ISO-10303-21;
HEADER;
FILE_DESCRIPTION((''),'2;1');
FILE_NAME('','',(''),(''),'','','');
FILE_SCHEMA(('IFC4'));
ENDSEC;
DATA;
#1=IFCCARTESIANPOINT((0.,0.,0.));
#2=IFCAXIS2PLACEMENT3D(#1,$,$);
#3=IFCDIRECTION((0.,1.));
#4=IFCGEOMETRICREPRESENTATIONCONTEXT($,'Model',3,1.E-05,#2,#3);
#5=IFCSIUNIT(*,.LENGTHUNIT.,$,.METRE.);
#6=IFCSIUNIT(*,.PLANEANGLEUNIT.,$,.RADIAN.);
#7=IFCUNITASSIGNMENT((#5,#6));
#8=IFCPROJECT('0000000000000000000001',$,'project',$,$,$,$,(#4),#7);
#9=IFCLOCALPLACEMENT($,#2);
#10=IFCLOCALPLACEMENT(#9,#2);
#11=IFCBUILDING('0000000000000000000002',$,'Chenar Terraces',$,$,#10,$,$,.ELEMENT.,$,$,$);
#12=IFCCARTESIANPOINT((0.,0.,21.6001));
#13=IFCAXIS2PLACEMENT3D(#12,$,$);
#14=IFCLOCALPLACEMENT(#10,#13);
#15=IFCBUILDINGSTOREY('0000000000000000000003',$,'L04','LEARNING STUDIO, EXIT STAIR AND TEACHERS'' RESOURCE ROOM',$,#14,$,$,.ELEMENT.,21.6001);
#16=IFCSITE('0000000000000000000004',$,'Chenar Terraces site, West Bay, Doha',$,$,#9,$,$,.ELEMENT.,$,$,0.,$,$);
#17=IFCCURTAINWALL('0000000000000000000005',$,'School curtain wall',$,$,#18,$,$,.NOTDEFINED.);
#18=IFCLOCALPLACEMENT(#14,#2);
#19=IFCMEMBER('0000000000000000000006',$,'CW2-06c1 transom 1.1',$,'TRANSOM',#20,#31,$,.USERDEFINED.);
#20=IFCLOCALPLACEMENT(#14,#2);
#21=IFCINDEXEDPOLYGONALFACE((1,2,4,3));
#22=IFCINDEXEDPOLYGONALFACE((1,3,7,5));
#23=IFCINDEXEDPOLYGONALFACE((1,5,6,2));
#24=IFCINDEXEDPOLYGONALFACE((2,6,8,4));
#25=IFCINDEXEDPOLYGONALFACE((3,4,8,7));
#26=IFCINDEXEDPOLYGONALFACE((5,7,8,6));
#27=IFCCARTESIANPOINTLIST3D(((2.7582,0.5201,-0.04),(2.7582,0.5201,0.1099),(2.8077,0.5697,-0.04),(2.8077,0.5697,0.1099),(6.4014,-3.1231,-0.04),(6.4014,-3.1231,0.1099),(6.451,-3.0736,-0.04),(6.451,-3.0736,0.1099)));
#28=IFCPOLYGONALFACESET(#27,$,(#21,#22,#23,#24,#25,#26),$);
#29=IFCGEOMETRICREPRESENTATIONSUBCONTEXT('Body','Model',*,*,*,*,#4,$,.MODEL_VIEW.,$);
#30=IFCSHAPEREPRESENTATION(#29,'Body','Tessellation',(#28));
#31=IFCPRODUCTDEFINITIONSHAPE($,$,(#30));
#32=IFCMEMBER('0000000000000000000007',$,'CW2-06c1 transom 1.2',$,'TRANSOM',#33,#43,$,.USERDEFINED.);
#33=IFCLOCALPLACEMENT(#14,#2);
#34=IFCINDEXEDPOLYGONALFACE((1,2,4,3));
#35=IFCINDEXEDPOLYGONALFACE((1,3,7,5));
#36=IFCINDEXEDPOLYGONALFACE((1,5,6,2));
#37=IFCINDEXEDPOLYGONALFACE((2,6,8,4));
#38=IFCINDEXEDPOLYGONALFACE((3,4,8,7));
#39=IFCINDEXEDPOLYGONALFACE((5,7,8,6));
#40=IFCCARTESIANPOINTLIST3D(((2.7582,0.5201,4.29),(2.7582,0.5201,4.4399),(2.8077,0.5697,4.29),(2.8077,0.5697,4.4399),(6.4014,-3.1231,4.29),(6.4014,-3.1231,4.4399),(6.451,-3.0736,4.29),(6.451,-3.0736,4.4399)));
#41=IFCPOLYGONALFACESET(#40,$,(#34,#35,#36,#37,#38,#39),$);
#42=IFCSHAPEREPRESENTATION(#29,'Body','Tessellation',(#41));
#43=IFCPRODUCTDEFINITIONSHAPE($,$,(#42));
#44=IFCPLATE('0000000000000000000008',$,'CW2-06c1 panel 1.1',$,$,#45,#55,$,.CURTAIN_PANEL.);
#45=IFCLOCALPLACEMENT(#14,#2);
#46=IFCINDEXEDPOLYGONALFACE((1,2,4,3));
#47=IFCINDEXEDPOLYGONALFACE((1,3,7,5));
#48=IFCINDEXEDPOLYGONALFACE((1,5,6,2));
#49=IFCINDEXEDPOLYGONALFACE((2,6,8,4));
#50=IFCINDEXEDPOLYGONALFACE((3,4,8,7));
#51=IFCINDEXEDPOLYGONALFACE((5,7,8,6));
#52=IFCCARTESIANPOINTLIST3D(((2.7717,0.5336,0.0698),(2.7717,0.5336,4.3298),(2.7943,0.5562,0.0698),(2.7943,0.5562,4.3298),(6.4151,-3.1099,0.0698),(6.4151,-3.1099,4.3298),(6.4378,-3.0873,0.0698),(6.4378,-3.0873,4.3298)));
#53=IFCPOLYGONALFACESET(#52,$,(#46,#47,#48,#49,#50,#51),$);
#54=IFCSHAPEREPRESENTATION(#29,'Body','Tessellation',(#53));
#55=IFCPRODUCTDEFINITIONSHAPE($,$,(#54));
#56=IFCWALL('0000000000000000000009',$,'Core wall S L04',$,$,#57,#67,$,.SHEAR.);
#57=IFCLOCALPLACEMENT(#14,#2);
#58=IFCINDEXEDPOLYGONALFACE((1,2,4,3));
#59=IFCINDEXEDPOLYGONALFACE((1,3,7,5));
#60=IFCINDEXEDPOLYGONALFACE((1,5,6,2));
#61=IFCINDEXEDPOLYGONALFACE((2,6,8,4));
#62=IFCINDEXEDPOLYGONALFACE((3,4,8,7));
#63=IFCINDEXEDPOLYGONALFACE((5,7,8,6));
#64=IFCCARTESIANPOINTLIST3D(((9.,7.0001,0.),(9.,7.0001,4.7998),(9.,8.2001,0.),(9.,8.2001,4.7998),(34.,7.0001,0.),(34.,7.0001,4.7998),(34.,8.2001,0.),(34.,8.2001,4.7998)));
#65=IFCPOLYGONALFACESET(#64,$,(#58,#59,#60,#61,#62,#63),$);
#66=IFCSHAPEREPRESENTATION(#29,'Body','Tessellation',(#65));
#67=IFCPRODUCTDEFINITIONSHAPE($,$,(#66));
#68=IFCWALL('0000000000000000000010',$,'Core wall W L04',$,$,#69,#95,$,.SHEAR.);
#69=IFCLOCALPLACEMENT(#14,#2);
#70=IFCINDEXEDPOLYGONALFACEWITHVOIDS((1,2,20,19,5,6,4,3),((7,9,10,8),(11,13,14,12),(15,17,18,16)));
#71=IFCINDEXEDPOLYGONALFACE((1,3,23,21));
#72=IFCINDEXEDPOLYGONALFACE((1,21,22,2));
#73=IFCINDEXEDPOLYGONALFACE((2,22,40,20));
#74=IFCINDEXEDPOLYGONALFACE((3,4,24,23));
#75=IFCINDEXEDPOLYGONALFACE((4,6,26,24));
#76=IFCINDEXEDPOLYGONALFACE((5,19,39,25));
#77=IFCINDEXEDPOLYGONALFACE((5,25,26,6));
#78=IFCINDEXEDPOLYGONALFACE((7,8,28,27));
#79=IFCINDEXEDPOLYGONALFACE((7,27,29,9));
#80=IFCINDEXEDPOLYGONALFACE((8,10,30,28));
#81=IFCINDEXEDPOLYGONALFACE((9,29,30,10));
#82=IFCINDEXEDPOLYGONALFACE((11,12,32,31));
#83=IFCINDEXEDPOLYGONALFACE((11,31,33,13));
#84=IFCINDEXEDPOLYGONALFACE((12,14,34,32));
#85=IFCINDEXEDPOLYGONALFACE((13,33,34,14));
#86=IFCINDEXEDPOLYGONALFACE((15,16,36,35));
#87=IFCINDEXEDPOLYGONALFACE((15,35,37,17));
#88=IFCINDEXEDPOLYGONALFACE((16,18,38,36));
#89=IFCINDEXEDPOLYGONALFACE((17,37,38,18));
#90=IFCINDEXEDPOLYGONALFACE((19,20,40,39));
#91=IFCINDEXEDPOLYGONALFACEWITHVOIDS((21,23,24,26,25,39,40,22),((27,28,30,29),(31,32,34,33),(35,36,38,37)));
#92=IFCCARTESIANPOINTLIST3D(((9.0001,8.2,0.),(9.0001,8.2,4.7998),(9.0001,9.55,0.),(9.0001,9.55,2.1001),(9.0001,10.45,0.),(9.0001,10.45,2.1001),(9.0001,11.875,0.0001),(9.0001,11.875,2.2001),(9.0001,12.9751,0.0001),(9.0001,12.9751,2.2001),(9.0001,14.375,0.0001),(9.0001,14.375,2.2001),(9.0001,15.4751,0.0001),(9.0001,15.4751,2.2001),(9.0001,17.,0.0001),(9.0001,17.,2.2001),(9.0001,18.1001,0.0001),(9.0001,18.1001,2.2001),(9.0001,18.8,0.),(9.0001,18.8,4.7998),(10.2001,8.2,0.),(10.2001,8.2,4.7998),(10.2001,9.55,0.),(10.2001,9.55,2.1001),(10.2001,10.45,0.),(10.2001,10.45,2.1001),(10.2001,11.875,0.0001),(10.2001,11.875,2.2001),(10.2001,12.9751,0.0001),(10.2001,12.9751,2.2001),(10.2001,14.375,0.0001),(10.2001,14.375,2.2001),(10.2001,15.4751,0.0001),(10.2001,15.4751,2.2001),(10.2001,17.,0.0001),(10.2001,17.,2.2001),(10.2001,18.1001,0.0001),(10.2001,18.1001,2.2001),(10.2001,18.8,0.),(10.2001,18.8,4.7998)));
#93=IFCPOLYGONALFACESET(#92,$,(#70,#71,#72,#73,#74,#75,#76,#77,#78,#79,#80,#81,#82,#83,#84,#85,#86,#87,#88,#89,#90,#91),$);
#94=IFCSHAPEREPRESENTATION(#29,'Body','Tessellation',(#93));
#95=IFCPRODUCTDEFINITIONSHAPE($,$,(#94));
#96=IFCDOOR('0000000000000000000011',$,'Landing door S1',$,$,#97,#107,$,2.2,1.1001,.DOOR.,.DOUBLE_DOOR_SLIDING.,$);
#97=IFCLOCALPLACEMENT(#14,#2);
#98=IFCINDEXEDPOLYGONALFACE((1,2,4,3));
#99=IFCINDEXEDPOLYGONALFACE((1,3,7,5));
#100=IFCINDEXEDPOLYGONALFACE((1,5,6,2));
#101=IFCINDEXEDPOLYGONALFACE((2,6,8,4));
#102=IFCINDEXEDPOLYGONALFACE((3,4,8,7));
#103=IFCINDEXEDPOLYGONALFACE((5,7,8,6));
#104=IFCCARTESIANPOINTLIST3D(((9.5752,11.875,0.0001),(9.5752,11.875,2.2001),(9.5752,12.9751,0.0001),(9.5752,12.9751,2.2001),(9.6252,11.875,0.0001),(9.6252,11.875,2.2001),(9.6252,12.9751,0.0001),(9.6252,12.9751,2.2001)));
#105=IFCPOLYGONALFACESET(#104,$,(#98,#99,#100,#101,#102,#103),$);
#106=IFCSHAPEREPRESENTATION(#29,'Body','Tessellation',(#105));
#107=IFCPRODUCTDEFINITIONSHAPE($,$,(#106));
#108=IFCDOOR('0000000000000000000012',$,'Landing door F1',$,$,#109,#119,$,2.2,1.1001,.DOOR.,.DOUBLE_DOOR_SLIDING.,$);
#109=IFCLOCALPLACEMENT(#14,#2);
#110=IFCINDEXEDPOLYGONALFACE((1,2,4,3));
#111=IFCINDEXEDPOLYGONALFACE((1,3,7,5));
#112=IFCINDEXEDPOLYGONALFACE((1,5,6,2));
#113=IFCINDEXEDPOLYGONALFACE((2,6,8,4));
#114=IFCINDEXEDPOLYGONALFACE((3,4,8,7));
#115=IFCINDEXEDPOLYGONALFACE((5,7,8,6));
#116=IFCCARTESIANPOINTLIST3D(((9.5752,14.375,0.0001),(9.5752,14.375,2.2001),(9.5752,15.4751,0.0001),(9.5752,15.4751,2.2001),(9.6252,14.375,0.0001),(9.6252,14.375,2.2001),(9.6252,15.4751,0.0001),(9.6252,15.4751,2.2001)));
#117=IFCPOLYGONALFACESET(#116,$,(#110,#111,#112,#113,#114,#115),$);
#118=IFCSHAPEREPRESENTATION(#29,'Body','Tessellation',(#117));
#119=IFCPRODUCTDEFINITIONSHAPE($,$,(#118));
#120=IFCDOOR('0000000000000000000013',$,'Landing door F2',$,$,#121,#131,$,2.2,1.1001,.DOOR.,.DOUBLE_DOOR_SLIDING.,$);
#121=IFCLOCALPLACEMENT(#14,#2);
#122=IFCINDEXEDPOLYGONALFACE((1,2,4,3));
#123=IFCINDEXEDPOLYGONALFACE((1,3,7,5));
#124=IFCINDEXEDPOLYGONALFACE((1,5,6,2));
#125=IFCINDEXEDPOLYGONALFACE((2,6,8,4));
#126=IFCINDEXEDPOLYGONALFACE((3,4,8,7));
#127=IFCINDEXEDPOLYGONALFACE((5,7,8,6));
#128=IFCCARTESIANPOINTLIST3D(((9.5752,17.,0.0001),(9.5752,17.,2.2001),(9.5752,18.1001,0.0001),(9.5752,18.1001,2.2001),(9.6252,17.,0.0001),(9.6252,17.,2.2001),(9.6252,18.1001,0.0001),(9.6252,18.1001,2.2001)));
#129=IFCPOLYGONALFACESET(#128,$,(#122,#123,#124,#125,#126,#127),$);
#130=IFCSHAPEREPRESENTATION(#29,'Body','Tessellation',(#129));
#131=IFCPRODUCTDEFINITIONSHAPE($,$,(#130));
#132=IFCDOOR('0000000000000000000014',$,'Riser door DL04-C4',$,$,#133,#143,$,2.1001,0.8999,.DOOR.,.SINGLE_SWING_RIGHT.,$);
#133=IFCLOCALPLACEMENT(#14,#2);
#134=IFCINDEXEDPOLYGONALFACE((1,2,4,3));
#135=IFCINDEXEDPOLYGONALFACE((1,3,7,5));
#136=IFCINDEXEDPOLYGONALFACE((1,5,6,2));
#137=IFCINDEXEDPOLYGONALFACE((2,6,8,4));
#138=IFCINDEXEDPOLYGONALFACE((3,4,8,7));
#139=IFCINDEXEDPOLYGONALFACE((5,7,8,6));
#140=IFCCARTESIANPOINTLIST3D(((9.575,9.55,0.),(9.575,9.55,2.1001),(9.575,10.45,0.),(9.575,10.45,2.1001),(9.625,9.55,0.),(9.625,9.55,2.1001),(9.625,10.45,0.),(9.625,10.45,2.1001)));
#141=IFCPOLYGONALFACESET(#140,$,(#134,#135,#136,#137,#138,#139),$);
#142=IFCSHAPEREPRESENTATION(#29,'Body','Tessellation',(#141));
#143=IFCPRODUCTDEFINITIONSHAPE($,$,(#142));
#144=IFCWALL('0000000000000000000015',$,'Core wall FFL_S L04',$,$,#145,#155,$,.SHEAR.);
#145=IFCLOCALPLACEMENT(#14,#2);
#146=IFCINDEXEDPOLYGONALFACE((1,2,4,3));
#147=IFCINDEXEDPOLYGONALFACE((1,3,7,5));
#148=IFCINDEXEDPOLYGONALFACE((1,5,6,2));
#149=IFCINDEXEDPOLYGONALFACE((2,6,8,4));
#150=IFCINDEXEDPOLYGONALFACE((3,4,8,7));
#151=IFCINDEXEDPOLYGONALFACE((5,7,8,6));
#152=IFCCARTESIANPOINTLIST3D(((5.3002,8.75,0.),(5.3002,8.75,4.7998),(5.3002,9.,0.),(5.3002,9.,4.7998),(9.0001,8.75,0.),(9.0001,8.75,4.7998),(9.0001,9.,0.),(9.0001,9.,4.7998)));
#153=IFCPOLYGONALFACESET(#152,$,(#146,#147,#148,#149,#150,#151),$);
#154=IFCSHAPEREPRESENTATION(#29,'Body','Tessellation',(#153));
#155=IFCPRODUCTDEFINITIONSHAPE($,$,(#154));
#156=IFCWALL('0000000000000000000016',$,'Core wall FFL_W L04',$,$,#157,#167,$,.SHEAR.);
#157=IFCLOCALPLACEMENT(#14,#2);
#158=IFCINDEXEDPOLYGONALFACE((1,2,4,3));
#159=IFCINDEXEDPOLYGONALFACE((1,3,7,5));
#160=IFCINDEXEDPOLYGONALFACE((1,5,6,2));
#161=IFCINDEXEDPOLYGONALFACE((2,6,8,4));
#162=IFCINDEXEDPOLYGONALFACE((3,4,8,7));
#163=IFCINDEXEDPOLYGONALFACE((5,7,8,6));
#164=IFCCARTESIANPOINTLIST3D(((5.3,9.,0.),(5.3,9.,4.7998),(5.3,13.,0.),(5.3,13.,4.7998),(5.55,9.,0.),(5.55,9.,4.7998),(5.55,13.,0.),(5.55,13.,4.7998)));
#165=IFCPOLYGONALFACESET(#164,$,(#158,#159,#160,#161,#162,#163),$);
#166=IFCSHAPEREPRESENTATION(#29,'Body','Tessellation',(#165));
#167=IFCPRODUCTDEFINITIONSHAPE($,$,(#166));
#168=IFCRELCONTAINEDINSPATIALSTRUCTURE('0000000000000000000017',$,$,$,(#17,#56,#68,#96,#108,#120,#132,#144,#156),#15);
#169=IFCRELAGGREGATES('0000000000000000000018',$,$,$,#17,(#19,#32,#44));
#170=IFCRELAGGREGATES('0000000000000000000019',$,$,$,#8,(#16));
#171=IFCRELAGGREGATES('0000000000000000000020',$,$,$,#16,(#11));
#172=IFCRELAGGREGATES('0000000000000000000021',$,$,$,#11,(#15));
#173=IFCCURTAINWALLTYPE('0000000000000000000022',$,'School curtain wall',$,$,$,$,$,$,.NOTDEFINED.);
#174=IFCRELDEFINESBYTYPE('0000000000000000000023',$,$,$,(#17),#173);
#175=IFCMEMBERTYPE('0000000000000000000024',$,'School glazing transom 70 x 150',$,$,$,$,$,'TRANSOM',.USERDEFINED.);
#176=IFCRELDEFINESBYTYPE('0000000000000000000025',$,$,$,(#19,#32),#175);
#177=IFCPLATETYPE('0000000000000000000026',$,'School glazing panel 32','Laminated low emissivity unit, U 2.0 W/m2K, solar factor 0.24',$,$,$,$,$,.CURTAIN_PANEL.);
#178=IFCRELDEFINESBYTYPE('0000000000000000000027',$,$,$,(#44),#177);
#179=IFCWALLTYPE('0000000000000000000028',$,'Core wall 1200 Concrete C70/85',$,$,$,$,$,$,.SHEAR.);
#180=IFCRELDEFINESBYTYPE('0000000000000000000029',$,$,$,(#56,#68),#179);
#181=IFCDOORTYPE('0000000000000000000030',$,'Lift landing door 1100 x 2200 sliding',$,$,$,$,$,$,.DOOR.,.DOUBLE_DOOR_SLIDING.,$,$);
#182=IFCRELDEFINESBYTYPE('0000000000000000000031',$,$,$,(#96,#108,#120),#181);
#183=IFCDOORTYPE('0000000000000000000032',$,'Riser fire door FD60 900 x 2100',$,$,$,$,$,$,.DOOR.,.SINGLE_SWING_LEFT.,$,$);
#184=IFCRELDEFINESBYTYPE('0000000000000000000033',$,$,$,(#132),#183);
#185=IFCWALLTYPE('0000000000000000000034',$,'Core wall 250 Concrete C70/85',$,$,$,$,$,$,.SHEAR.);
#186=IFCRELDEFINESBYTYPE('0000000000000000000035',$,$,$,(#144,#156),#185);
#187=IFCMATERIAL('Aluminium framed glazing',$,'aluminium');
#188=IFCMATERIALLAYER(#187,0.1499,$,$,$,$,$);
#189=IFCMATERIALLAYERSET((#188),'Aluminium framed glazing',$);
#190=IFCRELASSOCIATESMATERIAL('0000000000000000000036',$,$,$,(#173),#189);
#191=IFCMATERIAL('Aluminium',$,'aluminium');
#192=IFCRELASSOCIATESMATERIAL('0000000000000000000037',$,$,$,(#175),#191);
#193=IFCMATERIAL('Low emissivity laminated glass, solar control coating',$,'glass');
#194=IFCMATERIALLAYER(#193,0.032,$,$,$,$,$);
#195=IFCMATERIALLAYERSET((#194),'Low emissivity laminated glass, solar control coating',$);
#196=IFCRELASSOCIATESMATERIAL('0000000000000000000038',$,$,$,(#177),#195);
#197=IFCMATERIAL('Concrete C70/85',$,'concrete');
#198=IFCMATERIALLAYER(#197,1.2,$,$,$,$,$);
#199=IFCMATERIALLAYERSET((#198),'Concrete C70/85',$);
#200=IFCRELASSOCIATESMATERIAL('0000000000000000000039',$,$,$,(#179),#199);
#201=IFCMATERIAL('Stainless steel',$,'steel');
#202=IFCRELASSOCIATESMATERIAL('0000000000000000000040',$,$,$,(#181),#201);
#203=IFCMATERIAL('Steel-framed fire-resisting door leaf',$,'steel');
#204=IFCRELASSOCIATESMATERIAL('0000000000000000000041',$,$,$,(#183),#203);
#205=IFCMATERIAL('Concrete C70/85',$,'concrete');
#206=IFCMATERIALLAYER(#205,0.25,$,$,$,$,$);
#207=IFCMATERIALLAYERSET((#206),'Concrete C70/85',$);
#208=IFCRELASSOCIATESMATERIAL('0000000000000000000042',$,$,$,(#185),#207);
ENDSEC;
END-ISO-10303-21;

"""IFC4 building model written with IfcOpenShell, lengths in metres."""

from ifc_helpers import new_model, si_unit, direction, frame, frame_2d, origin, origin_2d, place, context, subcontext, project, spatial, rectangle, extrude, material, layer, layer_set, material_profile, profile_set, type_object, element, fill, aggregate, save


model = new_model("IFC4")

# Units and contexts
model_context = context("Model", 3, precision=1e-05, world=origin(), true_north=direction((0.0, 1.0)))
body_context = subcontext(model_context, "Body", "Model", "MODEL_VIEW")
ifc_project = project(units=[si_unit("LENGTHUNIT", "METRE"), si_unit("PLANEANGLEUNIT", "RADIAN")], contexts=[model_context])

# Site, building, storey
site_placement = place(None, origin())
site = spatial("IfcSite", under=ifc_project, at=site_placement, Name="Chenar Terraces site, West Bay, Doha", CompositionType="ELEMENT", RefElevation=0.0)
building_placement = place(site_placement, origin())
building = spatial("IfcBuilding", under=site, at=building_placement, Name="Chenar Terraces", CompositionType="ELEMENT")
storey_placement = place(building_placement, frame((0.0, 0.0, 21.6001)))
storey = spatial("IfcBuildingStorey", under=building, at=storey_placement, Name="L04", Description="LEARNING STUDIO, EXIT STAIR AND TEACHERS' RESOURCE ROOM", CompositionType="ELEMENT", Elevation=21.6001)

# Curtain wall, members, plate
ifc_material_1 = material(Name="Aluminium framed glazing", Category="aluminium")
ifc_layer_1 = layer(ifc_material_1, 0.1499)
ifc_layer_set_1 = layer_set([ifc_layer_1], Name="Aluminium framed glazing")
curtain_wall_type = type_object("IfcCurtainWallType", Name="School curtain wall", PredefinedType="NOTDEFINED", material=ifc_layer_set_1)
curtain_wall_placement = place(storey_placement, origin())
curtain_wall = element("IfcCurtainWall", 1, at=curtain_wall_placement, inside=storey, type_object=curtain_wall_type, Name="School curtain wall", PredefinedType="NOTDEFINED")
ifc_material_2 = material(Name="Aluminium", Category="aluminium")
ifc_material_profile = material_profile(ifc_material_2, rectangle(XDim=0.0701, YDim=0.1499, at=origin_2d()), Name="School glazing transom 70 x 150")
ifc_profile_set = profile_set([ifc_material_profile], Name="Aluminium")
member_type = type_object("IfcMemberType", Name="School glazing transom 70 x 150", ElementType="TRANSOM", PredefinedType="USERDEFINED", material=ifc_profile_set)
member_1_placement = place(storey_placement, frame((2.783, 0.5449, 0.0349), z_axis=(0.707107, -0.707107, 0.0), x_axis=(0.707107, 0.707107, 0.0)))
member_1 = element("IfcMember", 2, at=member_1_placement, type_object=member_type, Name="CW2-06c1 transom 1.1", ObjectType="TRANSOM", PredefinedType="USERDEFINED", context=body_context, shape_type="SweptSolid", body=[
    extrude(rectangle(XDim=0.0701, YDim=0.1499, at=origin_2d()), origin(), (0.0, 0.0, 1.0), 5.1523),
])
member_2_placement = place(storey_placement, frame((2.783, 0.5449, 4.365), z_axis=(0.707107, -0.707107, 0.0), x_axis=(0.707107, 0.707107, 0.0)))
member_2 = element("IfcMember", 3, at=member_2_placement, type_object=member_type, Name="CW2-06c1 transom 1.2", ObjectType="TRANSOM", PredefinedType="USERDEFINED", context=body_context, shape_type="SweptSolid", body=[
    extrude(rectangle(XDim=0.0701, YDim=0.1499, at=origin_2d()), origin(), (0.0, 0.0, 1.0), 5.1523),
])
ifc_material_3 = material(Name="Low emissivity laminated glass, solar control coating", Category="glass")
ifc_layer_2 = layer(ifc_material_3, 0.032)
ifc_layer_set_2 = layer_set([ifc_layer_2], Name="Low emissivity laminated glass, solar control coating")
plate_type = type_object("IfcPlateType", Name="School glazing panel 32", Description="Laminated low emissivity unit, U 2.0 W/m2K, solar factor 0.24", PredefinedType="CURTAIN_PANEL", material=ifc_layer_set_2)
plate_placement = place(storey_placement, frame((4.6047, -1.2769, 0.0698), z_axis=(0.0, 0.0, 1.0), x_axis=(0.707107, -0.707107, 0.0)))
plate = element("IfcPlate", 4, at=plate_placement, type_object=plate_type, Name="CW2-06c1 panel 1.1", PredefinedType="CURTAIN_PANEL", context=body_context, shape_type="SweptSolid", body=[
    extrude(rectangle(XDim=5.1526, YDim=0.032, at=origin_2d()), origin(), (0.0, 0.0, 1.0), 4.26),
])
aggregate(curtain_wall, [member_1, member_2, plate])

# Wall
ifc_material_4 = material(Name="Concrete C70/85", Category="concrete")
ifc_layer_3 = layer(ifc_material_4, 1.2)
ifc_layer_set_3 = layer_set([ifc_layer_3], Name="Concrete C70/85")
wall_type_1 = type_object("IfcWallType", Name="Core wall 1200 Concrete C70/85", PredefinedType="SHEAR", material=ifc_layer_set_3)
wall_1_placement = place(storey_placement, frame((9.0, 7.6001, 0.0), z_axis=(0.0, 0.0, 1.0), x_axis=(1.0, 0.0, 0.0)))
element("IfcWall", 5, at=wall_1_placement, inside=storey, type_object=wall_type_1, Name="Core wall S L04", PredefinedType="SHEAR", context=body_context, shape_type="SweptSolid", body=[
    extrude(rectangle(XDim=25.0, YDim=1.2, at=frame_2d((12.5, 0.0))), origin(), (0.0, 0.0, 1.0), 4.7998),
])

# Wall, openings, doors
wall_2_placement = place(storey_placement, frame((9.6001, 8.2, 0.0), z_axis=(0.0, 0.0, 1.0), x_axis=(0.0, 1.0, 0.0)))
wall_2 = element("IfcWall", 6, at=wall_2_placement, inside=storey, type_object=wall_type_1, Name="Core wall W L04", PredefinedType="SHEAR", context=body_context, shape_type="SweptSolid", body=[
    extrude(rectangle(XDim=10.6001, YDim=1.2, at=frame_2d((5.3, 0.0))), origin(), (0.0, 0.0, 1.0), 4.7998),
])
opening_1_placement = place(wall_2_placement, frame((3.675, 0.0, 0.0)))
opening_1 = element("IfcOpeningElement", 7, at=opening_1_placement, cuts=wall_2, PredefinedType="OPENING", context=body_context, shape_type="SweptSolid", body=[
    extrude(rectangle(XDim=1.1001, YDim=2.2, at=frame_2d((0.55, 1.1001))), frame((0.0, 0.6099, 0.0), z_axis=(0.0, -1.0, 0.0), x_axis=(1.0, 0.0, 0.0)), (0.0, 0.0, 1.0), 1.22),
])
opening_2_placement = place(wall_2_placement, frame((6.175, 0.0, 0.0)))
opening_2 = element("IfcOpeningElement", 8, at=opening_2_placement, cuts=wall_2, PredefinedType="OPENING", context=body_context, shape_type="SweptSolid", body=[
    extrude(rectangle(XDim=1.1001, YDim=2.2, at=frame_2d((0.55, 1.1001))), frame((0.0, 0.6099, 0.0), z_axis=(0.0, -1.0, 0.0), x_axis=(1.0, 0.0, 0.0)), (0.0, 0.0, 1.0), 1.22),
])
opening_3_placement = place(wall_2_placement, frame((8.8, 0.0, 0.0)))
opening_3 = element("IfcOpeningElement", 9, at=opening_3_placement, cuts=wall_2, PredefinedType="OPENING", context=body_context, shape_type="SweptSolid", body=[
    extrude(rectangle(XDim=1.1001, YDim=2.2, at=frame_2d((0.55, 1.1001))), frame((0.0, 0.6099, 0.0), z_axis=(0.0, -1.0, 0.0), x_axis=(1.0, 0.0, 0.0)), (0.0, 0.0, 1.0), 1.22),
])
opening_4_placement = place(wall_2_placement, frame((1.3501, 0.0, 0.0)))
opening_4 = element("IfcOpeningElement", 10, at=opening_4_placement, cuts=wall_2, PredefinedType="OPENING", context=body_context, shape_type="SweptSolid", body=[
    extrude(rectangle(XDim=0.8999, YDim=2.1001, at=frame_2d((0.45, 1.05))), frame((0.0, 0.6099, 0.0), z_axis=(0.0, -1.0, 0.0), x_axis=(1.0, 0.0, 0.0)), (0.0, 0.0, 1.0), 1.22),
])
ifc_material_5 = material(Name="Stainless steel", Category="steel")
door_type_1 = type_object("IfcDoorType", Name="Lift landing door 1100 x 2200 sliding", OperationType="DOUBLE_DOOR_SLIDING", PredefinedType="DOOR", material=ifc_material_5)
door_1_placement = place(opening_1_placement, origin())
door_1 = element("IfcDoor", 11, at=door_1_placement, inside=storey, type_object=door_type_1, Name="Landing door S1", OperationType="DOUBLE_DOOR_SLIDING", OverallHeight=2.2, OverallWidth=1.1001, PredefinedType="DOOR", context=body_context, shape_type="SweptSolid", body=[
    extrude(rectangle(XDim=1.1001, YDim=2.2, at=frame_2d((0.55, 1.1001))), frame((0.0, 0.0249, 0.0), z_axis=(0.0, -1.0, 0.0), x_axis=(1.0, 0.0, 0.0)), (0.0, 0.0, 1.0), 0.05),
])
fill(opening_1, door_1)
door_2_placement = place(opening_2_placement, origin())
door_2 = element("IfcDoor", 12, at=door_2_placement, inside=storey, type_object=door_type_1, Name="Landing door F1", OperationType="DOUBLE_DOOR_SLIDING", OverallHeight=2.2, OverallWidth=1.1001, PredefinedType="DOOR", context=body_context, shape_type="SweptSolid", body=[
    extrude(rectangle(XDim=1.1001, YDim=2.2, at=frame_2d((0.55, 1.1001))), frame((0.0, 0.0249, 0.0), z_axis=(0.0, -1.0, 0.0), x_axis=(1.0, 0.0, 0.0)), (0.0, 0.0, 1.0), 0.05),
])
fill(opening_2, door_2)
door_3_placement = place(opening_3_placement, origin())
door_3 = element("IfcDoor", 13, at=door_3_placement, inside=storey, type_object=door_type_1, Name="Landing door F2", OperationType="DOUBLE_DOOR_SLIDING", OverallHeight=2.2, OverallWidth=1.1001, PredefinedType="DOOR", context=body_context, shape_type="SweptSolid", body=[
    extrude(rectangle(XDim=1.1001, YDim=2.2, at=frame_2d((0.55, 1.1001))), frame((0.0, 0.0249, 0.0), z_axis=(0.0, -1.0, 0.0), x_axis=(1.0, 0.0, 0.0)), (0.0, 0.0, 1.0), 0.05),
])
fill(opening_3, door_3)
ifc_material_6 = material(Name="Steel-framed fire-resisting door leaf", Category="steel")
door_type_2 = type_object("IfcDoorType", Name="Riser fire door FD60 900 x 2100", OperationType="SINGLE_SWING_LEFT", PredefinedType="DOOR", material=ifc_material_6)
door_4_placement = place(opening_4_placement, frame((0.8999, 0.0, 0.0), z_axis=(0.0, 0.0, 1.0), x_axis=(-1.0, 0.0, 0.0)))
door_4 = element("IfcDoor", 14, at=door_4_placement, inside=storey, type_object=door_type_2, Name="Riser door DL04-C4", OperationType="SINGLE_SWING_RIGHT", OverallHeight=2.1001, OverallWidth=0.8999, PredefinedType="DOOR", context=body_context, shape_type="SweptSolid", body=[
    extrude(rectangle(XDim=0.8999, YDim=2.1001, at=frame_2d((0.45, 1.05))), frame((0.0, 0.0249, 0.0), z_axis=(0.0, -1.0, 0.0), x_axis=(1.0, 0.0, 0.0)), (0.0, 0.0, 1.0), 0.05),
])
fill(opening_4, door_4)

# Walls
ifc_material_7 = material(Name="Concrete C70/85", Category="concrete")
ifc_layer_4 = layer(ifc_material_7, 0.25)
ifc_layer_set_4 = layer_set([ifc_layer_4], Name="Concrete C70/85")
wall_type_2 = type_object("IfcWallType", Name="Core wall 250 Concrete C70/85", PredefinedType="SHEAR", material=ifc_layer_set_4)
wall_3_placement = place(storey_placement, frame((5.3, 8.875, 0.0), z_axis=(0.0, 0.0, 1.0), x_axis=(1.0, 0.0, 0.0)))
element("IfcWall", 15, at=wall_3_placement, inside=storey, type_object=wall_type_2, Name="Core wall FFL_S L04", PredefinedType="SHEAR", context=body_context, shape_type="SweptSolid", body=[
    extrude(rectangle(XDim=3.7, YDim=0.25, at=frame_2d((1.8501, 0.0))), origin(), (0.0, 0.0, 1.0), 4.7998),
])
wall_4_placement = place(storey_placement, frame((5.425, 9.0, 0.0), z_axis=(0.0, 0.0, 1.0), x_axis=(0.0, 1.0, 0.0)))
element("IfcWall", 16, at=wall_4_placement, inside=storey, type_object=wall_type_2, Name="Core wall FFL_W L04", PredefinedType="SHEAR", context=body_context, shape_type="SweptSolid", body=[
    extrude(rectangle(XDim=4.0, YDim=0.25, at=frame_2d((2.0, 0.0))), origin(), (0.0, 0.0, 1.0), 4.7998),
])

save(model, "model.ifc")
